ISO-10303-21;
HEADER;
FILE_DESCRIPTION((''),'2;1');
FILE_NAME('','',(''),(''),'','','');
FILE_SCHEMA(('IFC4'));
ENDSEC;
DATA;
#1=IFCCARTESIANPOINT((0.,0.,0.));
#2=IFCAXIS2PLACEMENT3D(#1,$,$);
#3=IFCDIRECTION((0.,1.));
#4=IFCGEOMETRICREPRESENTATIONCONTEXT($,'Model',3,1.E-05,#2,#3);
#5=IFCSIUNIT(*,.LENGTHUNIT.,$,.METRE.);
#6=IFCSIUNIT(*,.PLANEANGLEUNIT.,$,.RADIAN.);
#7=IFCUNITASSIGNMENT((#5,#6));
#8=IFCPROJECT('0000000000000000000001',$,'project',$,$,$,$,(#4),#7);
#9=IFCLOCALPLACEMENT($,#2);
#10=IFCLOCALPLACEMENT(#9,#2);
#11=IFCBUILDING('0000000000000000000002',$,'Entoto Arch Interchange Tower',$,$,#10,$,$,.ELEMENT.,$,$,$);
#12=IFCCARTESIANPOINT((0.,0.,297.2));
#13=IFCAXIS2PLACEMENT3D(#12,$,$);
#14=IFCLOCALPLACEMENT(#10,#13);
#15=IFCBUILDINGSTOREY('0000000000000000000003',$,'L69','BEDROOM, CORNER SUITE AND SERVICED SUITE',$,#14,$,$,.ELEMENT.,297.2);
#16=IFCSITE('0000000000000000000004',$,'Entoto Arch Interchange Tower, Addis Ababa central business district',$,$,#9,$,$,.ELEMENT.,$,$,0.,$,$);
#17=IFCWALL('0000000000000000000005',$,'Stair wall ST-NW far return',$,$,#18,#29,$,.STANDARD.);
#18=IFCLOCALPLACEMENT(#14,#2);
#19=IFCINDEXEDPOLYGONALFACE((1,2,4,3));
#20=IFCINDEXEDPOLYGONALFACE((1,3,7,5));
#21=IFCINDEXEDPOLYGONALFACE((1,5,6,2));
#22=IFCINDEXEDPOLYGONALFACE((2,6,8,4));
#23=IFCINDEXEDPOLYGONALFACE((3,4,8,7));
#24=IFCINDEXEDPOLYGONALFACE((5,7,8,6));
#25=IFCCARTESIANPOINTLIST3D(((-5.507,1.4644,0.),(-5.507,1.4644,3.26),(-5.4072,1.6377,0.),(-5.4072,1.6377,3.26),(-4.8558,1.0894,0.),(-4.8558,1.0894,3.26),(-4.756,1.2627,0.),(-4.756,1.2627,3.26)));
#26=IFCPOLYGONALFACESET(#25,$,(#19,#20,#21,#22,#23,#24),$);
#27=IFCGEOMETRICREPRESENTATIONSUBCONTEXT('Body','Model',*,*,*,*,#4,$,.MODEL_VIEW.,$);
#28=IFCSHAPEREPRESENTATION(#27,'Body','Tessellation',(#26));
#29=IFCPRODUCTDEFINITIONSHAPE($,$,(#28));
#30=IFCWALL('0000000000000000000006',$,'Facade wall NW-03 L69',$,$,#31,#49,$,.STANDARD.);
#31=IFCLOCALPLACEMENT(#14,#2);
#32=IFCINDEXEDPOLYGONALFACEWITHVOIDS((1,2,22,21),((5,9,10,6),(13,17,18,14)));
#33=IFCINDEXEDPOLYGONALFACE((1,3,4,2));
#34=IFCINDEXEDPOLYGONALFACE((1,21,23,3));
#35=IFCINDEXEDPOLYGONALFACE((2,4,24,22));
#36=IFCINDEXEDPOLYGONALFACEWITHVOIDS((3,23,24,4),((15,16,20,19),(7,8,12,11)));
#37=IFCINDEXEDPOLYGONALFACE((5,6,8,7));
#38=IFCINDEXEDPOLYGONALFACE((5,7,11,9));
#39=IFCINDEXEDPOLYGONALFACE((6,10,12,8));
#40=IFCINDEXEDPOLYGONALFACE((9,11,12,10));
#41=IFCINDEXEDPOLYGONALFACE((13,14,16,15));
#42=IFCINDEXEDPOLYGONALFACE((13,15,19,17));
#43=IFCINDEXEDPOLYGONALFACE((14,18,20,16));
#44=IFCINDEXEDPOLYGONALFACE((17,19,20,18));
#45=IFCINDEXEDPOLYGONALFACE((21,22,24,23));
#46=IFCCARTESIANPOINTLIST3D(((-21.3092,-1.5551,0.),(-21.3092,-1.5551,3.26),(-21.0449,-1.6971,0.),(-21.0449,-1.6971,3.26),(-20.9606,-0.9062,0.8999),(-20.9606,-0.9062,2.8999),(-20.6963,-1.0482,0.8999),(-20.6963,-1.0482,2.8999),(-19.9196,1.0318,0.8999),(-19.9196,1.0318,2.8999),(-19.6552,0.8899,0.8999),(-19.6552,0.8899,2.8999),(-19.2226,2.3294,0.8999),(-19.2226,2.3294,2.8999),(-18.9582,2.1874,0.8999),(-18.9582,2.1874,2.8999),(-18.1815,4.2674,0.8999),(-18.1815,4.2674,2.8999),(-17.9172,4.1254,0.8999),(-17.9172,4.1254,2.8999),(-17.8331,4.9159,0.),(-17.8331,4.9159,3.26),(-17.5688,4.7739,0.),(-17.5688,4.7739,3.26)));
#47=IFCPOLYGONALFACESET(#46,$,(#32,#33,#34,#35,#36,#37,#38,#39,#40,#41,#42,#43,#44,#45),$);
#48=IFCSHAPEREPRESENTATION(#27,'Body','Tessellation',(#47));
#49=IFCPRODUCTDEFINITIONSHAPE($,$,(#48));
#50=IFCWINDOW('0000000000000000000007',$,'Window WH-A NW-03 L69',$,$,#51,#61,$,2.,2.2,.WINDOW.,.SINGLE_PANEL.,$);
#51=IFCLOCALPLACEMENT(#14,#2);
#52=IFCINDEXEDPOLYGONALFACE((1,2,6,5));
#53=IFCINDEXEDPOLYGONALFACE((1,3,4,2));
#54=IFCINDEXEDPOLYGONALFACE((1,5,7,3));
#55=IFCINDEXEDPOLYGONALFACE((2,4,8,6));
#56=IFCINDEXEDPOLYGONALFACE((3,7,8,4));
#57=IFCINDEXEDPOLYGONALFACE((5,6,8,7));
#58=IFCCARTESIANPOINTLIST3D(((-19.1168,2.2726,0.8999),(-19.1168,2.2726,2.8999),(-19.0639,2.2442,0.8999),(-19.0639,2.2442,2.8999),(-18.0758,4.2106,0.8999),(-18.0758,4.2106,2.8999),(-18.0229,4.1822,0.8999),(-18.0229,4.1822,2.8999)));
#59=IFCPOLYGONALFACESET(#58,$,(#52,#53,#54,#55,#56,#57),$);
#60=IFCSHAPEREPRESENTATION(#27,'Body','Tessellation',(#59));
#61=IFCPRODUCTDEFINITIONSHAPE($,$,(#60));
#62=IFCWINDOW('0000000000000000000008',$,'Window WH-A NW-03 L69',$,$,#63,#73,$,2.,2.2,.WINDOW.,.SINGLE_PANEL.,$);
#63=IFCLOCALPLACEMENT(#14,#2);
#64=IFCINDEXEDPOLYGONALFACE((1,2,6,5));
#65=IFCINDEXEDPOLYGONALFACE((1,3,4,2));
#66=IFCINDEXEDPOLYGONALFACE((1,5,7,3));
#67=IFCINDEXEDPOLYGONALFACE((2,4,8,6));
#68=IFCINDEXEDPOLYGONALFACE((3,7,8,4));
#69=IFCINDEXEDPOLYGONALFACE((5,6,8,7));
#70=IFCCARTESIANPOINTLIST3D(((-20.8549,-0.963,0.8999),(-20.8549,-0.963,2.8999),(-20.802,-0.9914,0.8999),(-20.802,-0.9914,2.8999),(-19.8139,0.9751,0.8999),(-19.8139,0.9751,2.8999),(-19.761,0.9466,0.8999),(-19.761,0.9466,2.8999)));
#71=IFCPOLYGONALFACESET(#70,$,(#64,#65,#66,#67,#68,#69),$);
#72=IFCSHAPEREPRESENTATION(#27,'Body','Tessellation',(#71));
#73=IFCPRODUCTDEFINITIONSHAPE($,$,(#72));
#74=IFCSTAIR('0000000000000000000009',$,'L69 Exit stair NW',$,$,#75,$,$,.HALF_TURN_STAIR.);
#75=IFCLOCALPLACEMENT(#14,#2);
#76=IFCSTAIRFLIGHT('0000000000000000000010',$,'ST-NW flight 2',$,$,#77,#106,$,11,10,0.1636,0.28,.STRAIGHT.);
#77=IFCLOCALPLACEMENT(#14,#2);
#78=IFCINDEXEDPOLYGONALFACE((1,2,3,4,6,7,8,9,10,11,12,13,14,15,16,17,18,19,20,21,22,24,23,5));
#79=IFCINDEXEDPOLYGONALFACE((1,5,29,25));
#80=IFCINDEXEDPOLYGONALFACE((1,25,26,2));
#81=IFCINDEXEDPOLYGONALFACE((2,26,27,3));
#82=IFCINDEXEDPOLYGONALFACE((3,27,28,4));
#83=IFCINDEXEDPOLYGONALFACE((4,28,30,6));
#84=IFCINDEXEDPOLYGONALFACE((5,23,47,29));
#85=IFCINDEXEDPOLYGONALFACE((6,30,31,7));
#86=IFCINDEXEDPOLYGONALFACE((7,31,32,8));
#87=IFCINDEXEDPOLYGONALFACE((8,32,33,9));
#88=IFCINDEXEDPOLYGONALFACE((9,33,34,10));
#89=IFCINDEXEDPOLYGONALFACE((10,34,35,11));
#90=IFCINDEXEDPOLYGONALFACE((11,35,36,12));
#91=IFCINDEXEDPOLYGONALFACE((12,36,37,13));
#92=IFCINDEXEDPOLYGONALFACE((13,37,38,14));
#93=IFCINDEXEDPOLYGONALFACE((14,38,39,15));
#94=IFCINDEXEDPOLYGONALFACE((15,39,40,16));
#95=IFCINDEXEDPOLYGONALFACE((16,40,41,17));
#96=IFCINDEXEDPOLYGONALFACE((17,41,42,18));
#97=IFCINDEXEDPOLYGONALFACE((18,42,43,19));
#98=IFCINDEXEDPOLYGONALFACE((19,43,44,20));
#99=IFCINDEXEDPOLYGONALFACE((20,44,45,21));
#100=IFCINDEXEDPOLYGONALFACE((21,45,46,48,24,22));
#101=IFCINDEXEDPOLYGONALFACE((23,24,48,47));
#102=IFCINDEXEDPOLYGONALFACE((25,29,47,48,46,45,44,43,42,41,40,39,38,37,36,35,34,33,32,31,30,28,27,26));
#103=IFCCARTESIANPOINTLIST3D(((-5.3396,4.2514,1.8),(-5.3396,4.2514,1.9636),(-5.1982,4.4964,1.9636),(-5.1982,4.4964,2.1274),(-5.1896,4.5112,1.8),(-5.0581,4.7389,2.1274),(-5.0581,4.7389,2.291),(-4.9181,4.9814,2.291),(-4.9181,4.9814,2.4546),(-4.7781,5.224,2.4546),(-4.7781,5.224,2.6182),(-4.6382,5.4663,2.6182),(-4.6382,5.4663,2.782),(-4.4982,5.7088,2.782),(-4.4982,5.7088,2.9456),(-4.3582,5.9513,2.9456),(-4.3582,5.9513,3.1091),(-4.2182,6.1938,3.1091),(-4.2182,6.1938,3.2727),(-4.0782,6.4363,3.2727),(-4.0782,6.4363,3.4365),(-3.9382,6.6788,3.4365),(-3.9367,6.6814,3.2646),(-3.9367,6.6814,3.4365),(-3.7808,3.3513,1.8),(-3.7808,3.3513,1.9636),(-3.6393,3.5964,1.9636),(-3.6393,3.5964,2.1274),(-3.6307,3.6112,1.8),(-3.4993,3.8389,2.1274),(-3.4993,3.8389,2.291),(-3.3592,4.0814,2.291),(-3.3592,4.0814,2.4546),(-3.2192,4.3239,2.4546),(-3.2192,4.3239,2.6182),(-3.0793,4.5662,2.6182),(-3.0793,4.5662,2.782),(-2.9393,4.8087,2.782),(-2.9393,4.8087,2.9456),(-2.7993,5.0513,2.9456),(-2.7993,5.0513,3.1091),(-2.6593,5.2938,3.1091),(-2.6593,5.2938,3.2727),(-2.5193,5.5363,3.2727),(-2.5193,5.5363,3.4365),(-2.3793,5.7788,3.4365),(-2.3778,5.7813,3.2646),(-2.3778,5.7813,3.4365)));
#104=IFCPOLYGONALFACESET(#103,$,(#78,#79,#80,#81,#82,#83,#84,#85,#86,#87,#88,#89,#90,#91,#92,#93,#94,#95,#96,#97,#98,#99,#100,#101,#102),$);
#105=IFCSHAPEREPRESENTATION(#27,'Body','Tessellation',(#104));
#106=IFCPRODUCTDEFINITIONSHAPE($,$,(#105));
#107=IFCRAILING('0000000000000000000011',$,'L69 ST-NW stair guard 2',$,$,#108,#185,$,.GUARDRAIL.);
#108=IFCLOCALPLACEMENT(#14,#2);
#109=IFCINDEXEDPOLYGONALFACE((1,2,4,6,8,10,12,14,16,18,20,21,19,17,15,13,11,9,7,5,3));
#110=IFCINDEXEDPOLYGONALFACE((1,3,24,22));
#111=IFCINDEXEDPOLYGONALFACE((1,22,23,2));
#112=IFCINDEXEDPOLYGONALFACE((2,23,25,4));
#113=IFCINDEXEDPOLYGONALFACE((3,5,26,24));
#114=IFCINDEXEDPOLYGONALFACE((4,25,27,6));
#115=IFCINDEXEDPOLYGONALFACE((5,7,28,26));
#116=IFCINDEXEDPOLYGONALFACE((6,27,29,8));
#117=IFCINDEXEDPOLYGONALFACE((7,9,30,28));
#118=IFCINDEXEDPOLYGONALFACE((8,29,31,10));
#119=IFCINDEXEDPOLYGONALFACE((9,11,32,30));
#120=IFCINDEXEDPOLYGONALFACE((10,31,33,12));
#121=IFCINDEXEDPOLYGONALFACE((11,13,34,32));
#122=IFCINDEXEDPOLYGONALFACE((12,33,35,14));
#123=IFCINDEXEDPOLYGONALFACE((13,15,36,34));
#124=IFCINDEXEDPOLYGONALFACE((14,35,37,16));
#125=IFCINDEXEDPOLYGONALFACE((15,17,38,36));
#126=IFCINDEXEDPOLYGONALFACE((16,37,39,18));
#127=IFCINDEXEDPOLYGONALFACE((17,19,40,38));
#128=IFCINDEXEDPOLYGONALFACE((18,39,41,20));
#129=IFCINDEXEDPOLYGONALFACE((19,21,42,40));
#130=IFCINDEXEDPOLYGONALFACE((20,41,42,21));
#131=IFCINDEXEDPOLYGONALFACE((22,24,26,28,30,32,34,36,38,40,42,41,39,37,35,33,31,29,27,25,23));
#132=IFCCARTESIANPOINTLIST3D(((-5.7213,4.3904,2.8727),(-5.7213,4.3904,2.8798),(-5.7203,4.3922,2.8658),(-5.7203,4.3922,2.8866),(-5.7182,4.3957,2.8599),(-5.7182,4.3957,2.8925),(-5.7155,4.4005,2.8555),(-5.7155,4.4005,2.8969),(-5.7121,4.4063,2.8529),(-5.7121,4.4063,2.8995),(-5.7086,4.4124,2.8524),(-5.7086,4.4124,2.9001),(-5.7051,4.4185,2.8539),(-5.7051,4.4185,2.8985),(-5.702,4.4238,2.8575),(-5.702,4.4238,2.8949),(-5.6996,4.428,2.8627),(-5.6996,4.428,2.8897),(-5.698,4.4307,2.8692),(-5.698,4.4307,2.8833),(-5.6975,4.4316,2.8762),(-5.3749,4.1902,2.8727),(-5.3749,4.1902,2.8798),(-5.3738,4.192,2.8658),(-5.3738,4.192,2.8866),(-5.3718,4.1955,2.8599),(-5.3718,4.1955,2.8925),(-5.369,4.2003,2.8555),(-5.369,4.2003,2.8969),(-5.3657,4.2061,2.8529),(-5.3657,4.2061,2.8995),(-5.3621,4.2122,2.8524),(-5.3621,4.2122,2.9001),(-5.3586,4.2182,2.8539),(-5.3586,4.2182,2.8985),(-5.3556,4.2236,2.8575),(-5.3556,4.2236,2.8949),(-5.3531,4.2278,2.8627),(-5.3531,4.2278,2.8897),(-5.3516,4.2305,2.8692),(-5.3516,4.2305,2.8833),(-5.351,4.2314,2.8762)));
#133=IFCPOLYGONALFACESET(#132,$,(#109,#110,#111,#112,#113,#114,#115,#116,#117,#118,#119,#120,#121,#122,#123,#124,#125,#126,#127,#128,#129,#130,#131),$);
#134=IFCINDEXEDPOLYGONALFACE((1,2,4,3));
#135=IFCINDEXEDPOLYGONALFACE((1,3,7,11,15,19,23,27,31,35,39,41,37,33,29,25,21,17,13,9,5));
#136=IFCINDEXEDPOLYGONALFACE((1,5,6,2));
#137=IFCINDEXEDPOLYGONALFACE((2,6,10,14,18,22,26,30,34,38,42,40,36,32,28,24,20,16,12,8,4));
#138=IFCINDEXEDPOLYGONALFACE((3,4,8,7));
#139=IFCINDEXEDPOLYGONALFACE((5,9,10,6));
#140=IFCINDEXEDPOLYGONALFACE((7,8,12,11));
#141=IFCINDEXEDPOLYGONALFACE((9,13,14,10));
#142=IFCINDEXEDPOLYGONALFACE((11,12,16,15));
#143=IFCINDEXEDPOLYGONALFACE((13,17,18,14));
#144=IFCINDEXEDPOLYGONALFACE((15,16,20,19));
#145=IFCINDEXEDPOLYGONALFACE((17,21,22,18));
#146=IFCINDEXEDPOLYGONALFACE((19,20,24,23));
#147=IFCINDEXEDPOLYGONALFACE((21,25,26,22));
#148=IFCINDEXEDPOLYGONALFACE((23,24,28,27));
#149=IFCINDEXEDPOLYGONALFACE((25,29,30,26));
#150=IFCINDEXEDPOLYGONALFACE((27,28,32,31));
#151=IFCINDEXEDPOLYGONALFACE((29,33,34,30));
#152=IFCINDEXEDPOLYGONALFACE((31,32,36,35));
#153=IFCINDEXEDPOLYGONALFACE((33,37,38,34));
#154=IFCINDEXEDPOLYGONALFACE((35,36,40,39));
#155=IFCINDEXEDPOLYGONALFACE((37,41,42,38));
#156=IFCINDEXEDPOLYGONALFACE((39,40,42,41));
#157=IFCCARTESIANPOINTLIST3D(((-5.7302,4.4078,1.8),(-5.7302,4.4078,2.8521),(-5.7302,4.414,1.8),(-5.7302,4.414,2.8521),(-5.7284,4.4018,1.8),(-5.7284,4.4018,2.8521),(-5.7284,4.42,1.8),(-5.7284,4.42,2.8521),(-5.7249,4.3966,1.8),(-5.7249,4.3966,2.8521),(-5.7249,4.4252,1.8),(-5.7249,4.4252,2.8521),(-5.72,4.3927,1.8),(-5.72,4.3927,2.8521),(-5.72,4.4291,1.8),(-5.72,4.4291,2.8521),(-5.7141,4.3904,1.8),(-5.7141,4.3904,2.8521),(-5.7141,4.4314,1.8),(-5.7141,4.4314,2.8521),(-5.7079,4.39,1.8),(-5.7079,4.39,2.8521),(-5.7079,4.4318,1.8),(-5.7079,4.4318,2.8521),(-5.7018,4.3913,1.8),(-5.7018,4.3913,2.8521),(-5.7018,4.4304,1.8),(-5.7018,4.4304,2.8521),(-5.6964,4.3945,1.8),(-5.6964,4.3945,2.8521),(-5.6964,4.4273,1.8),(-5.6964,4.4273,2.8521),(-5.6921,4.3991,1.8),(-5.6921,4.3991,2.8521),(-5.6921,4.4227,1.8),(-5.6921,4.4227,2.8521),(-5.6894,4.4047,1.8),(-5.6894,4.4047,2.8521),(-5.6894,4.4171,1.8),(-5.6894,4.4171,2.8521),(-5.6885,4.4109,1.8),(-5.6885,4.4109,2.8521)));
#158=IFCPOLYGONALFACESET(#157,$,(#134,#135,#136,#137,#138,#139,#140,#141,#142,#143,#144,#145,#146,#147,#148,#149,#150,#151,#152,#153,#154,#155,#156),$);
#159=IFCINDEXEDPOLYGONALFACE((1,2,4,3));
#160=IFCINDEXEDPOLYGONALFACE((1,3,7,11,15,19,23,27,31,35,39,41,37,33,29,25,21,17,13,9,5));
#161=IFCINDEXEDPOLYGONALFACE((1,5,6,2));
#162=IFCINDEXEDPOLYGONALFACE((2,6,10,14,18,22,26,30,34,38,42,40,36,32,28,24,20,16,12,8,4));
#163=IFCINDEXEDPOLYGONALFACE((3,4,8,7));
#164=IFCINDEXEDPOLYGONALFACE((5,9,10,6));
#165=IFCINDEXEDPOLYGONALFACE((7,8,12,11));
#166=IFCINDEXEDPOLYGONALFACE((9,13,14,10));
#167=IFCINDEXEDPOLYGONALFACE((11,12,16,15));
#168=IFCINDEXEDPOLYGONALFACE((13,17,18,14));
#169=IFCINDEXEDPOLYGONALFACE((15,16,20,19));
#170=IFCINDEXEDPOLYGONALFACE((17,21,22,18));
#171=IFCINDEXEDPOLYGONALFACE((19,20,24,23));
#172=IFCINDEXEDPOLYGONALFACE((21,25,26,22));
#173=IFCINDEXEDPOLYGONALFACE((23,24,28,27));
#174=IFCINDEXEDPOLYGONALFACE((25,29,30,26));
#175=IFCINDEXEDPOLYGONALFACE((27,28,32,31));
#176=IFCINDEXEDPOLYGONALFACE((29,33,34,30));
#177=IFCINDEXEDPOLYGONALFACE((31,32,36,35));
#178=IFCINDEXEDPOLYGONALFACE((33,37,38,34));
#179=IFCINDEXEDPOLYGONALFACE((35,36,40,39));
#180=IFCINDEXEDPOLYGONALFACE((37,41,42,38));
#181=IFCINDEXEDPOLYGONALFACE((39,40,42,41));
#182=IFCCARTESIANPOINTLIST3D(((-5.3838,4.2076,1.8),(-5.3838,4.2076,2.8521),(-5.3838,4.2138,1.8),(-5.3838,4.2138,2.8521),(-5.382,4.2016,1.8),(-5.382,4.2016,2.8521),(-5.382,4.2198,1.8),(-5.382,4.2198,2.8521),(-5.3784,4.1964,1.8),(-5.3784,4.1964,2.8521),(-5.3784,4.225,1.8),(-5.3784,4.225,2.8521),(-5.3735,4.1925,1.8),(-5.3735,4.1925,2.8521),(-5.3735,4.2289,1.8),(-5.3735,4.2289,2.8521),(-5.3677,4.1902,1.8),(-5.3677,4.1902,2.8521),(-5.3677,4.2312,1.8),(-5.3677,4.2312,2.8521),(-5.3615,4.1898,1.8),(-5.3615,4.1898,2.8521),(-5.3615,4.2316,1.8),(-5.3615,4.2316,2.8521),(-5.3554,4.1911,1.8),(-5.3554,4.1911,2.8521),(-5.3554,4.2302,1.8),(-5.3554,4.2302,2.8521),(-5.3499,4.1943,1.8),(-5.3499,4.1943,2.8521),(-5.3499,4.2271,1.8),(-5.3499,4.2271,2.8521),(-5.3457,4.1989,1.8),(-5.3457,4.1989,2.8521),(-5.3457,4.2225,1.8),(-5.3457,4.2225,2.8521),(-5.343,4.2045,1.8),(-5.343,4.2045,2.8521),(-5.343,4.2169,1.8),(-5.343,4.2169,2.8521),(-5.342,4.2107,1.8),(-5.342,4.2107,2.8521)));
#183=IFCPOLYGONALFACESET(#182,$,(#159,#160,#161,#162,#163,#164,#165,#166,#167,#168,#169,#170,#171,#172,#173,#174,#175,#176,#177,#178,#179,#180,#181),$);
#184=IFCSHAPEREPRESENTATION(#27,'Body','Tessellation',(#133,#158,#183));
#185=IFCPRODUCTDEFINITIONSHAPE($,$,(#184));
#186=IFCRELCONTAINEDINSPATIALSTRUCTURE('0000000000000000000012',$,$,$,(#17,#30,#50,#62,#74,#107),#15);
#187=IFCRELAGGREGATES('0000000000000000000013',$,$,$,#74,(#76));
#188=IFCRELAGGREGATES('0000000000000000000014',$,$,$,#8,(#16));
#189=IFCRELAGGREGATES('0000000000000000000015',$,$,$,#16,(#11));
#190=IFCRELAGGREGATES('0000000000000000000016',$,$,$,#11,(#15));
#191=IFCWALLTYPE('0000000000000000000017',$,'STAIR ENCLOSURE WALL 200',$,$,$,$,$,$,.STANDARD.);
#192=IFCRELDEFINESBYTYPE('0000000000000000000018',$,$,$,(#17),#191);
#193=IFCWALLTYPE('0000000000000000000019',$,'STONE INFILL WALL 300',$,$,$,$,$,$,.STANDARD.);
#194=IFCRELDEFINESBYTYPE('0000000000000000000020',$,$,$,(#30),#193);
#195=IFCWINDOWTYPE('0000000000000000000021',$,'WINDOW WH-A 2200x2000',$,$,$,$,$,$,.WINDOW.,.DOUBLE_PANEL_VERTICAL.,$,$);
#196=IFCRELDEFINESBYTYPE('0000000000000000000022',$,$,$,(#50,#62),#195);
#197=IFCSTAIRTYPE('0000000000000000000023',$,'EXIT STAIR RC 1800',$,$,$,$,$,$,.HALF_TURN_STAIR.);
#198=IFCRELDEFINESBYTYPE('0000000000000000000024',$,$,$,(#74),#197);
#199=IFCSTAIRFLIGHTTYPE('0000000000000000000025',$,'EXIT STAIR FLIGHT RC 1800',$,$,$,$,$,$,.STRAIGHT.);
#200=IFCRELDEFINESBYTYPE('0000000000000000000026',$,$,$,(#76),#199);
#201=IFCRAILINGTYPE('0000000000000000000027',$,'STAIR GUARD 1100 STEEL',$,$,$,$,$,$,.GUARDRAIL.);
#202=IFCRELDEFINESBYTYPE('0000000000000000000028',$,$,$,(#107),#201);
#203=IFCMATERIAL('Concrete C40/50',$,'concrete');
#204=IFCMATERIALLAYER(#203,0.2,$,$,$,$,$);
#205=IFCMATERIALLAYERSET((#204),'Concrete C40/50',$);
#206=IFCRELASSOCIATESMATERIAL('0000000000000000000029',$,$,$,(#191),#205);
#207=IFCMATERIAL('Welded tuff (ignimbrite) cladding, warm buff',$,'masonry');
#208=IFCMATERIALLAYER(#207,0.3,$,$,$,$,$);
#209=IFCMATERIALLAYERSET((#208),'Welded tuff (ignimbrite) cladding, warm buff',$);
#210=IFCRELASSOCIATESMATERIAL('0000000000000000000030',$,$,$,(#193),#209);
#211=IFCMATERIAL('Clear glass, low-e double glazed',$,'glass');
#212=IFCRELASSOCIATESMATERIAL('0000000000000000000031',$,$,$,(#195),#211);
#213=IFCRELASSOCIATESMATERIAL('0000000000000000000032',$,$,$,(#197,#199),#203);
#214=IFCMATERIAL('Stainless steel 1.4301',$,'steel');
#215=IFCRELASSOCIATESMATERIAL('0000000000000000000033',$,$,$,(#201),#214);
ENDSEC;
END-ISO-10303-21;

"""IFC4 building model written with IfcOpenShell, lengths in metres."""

from ifc_helpers import new_model, si_unit, direction, frame, frame_2d, origin, origin_2d, place, context, subcontext, project, spatial, polyline, rectangle, circle, outline, extrude, material, layer, layer_set, type_object, element, fill, aggregate, save


model = new_model("IFC4")

# Units and contexts
model_context = context("Model", 3, precision=1e-05, world=origin(), true_north=direction((0.0, 1.0)))
body_context = subcontext(model_context, "Body", "Model", "MODEL_VIEW")
ifc_project = project(units=[si_unit("LENGTHUNIT", "METRE"), si_unit("PLANEANGLEUNIT", "RADIAN")], contexts=[model_context])

# Site, building, storey
site_placement = place(None, origin())
site = spatial("IfcSite", under=ifc_project, at=site_placement, Name="Entoto Arch Interchange Tower, Addis Ababa central business district", CompositionType="ELEMENT", RefElevation=0.0)
building_placement = place(site_placement, origin())
building = spatial("IfcBuilding", under=site, at=building_placement, Name="Entoto Arch Interchange Tower", CompositionType="ELEMENT")
storey_placement = place(building_placement, frame((0.0, 0.0, 297.2)))
storey = spatial("IfcBuildingStorey", under=building, at=storey_placement, Name="L69", Description="BEDROOM, CORNER SUITE AND SERVICED SUITE", CompositionType="ELEMENT", Elevation=297.2)

# Shared definitions
ifc_material_1 = material(Name="Concrete C40/50", Category="concrete")

# Wall
ifc_layer_1 = layer(ifc_material_1, 0.2)
ifc_layer_set_1 = layer_set([ifc_layer_1], Name="Concrete C40/50")
wall_type_1 = type_object("IfcWallType", Name="STAIR ENCLOSURE WALL 200", PredefinedType="STANDARD", material=ifc_layer_set_1)
wall_1_placement = place(storey_placement, frame((-4.8059, 1.176, 0.0), z_axis=(0.0, 0.0, 1.0), x_axis=(-0.866559, 0.499075, 0.0)))
element("IfcWall", 1, at=wall_1_placement, inside=storey, type_object=wall_type_1, Name="Stair wall ST-NW far return", PredefinedType="STANDARD", context=body_context, shape_type="SweptSolid", body=[
    extrude(rectangle(XDim=0.7515, YDim=0.2, at=frame_2d((0.3757, 0.0))), origin(), (0.0, 0.0, 1.0), 3.26),
])

# Wall, openings, windows
ifc_material_2 = material(Name="Welded tuff (ignimbrite) cladding, warm buff", Category="masonry")
ifc_layer_2 = layer(ifc_material_2, 0.3)
ifc_layer_set_2 = layer_set([ifc_layer_2], Name="Welded tuff (ignimbrite) cladding, warm buff")
wall_type_2 = type_object("IfcWallType", Name="STONE INFILL WALL 300", PredefinedType="STANDARD", material=ifc_layer_set_2)
wall_2_placement = place(storey_placement, frame((-17.7009, 4.845, 0.0), z_axis=(0.0, 0.0, 1.0), x_axis=(-0.473226, -0.880941, 0.0)))
wall_2 = element("IfcWall", 2, at=wall_2_placement, inside=storey, type_object=wall_type_2, Name="Facade wall NW-03 L69", PredefinedType="STANDARD", context=body_context, shape_type="SweptSolid", body=[
    extrude(rectangle(XDim=7.3455, YDim=0.3, at=frame_2d((3.6729, 0.0))), origin(), (0.0, 0.0, 1.0), 3.26),
])
opening_1_placement = place(wall_2_placement, frame((0.7361, 0.0, 0.8999)))
opening_1 = element("IfcOpeningElement", 3, at=opening_1_placement, cuts=wall_2, PredefinedType="OPENING", context=body_context, shape_type="SweptSolid", body=[
    extrude(rectangle(XDim=2.2, YDim=2.0, at=frame_2d((1.1001, 1.0))), frame((0.0, 0.1602, 0.0), z_axis=(0.0, -1.0, 0.0), x_axis=(1.0, 0.0, 0.0)), (0.0, 0.0, 1.0), 0.3201),
])
opening_2_placement = place(wall_2_placement, frame((4.4089, 0.0, 0.8999)))
opening_2 = element("IfcOpeningElement", 4, at=opening_2_placement, cuts=wall_2, PredefinedType="OPENING", context=body_context, shape_type="SweptSolid", body=[
    extrude(rectangle(XDim=2.2, YDim=2.0, at=frame_2d((1.1001, 1.0))), frame((0.0, 0.1602, 0.0), z_axis=(0.0, -1.0, 0.0), x_axis=(1.0, 0.0, 0.0)), (0.0, 0.0, 1.0), 0.3201),
])
ifc_material_3 = material(Name="Clear glass, low-e double glazed", Category="glass")
window_type = type_object("IfcWindowType", Name="WINDOW WH-A 2200x2000", PartitioningType="DOUBLE_PANEL_VERTICAL", PredefinedType="WINDOW", material=ifc_material_3)
window_1_placement = place(opening_1_placement, origin())
window_1 = element("IfcWindow", 5, at=window_1_placement, inside=storey, type_object=window_type, Name="Window WH-A NW-03 L69", OverallHeight=2.0, OverallWidth=2.2, PartitioningType="SINGLE_PANEL", PredefinedType="WINDOW", context=body_context, shape_type="SweptSolid", body=[
    extrude(rectangle(XDim=2.2, YDim=2.0, at=frame_2d((1.1001, 1.0))), frame((0.0, 0.03, 0.0), z_axis=(0.0, -1.0, 0.0), x_axis=(1.0, 0.0, 0.0)), (0.0, 0.0, 1.0), 0.0601),
])
fill(opening_1, window_1)
window_2_placement = place(opening_2_placement, origin())
window_2 = element("IfcWindow", 6, at=window_2_placement, inside=storey, type_object=window_type, Name="Window WH-A NW-03 L69", OverallHeight=2.0, OverallWidth=2.2, PartitioningType="SINGLE_PANEL", PredefinedType="WINDOW", context=body_context, shape_type="SweptSolid", body=[
    extrude(rectangle(XDim=2.2, YDim=2.0, at=frame_2d((1.1001, 1.0))), frame((0.0, 0.03, 0.0), z_axis=(0.0, -1.0, 0.0), x_axis=(1.0, 0.0, 0.0)), (0.0, 0.0, 1.0), 0.0601),
])
fill(opening_2, window_2)

# Stair, stair flight
stair_type = type_object("IfcStairType", Name="EXIT STAIR RC 1800", PredefinedType="HALF_TURN_STAIR", material=ifc_material_1)
stair_placement = place(storey_placement, origin())
stair = element("IfcStair", 7, at=stair_placement, inside=storey, type_object=stair_type, Name="L69 Exit stair NW", PredefinedType="HALF_TURN_STAIR")
stair_flight_type = type_object("IfcStairFlightType", Name="EXIT STAIR FLIGHT RC 1800", PredefinedType="STRAIGHT", material=ifc_material_1)
stair_flight_placement = place(storey_placement, frame((-4.5588, 3.804, 1.8), z_axis=(0.0, 0.0, 1.0), x_axis=(0.5, 0.866025, 0.0)))
stair_flight = element("IfcStairFlight", 8, at=stair_flight_placement, type_object=stair_flight_type, Name="ST-NW flight 2", NumberOfRisers=11, NumberOfTreads=10, PredefinedType="STRAIGHT", RiserHeight=0.1636, TreadLength=0.28, context=body_context, shape_type="SweptSolid", body=[
    extrude(outline(polyline([(-0.0029, 0.0), (-0.0029, 0.1636), (0.28, 0.1636), (0.28, 0.3274), (0.5601, 0.3274), (0.5601, 0.491), (0.8401, 0.491), (0.8401, 0.6545), (1.1201, 0.6545), (1.1201, 0.8181), (1.3999, 0.8181), (1.3999, 0.9819), (1.6799, 0.9819), (1.6799, 1.1455), (1.96, 1.1455), (1.96, 1.3091), (2.24, 1.3091), (2.24, 1.4727), (2.52, 1.4727), (2.52, 1.6365), (2.8, 1.6365), (2.803, 1.6365), (2.803, 1.4646), (0.2971, 0.0), (-0.0029, 0.0)])), frame((0.0, 0.8999, 0.0), z_axis=(0.0, -1.0, 0.0), x_axis=(1.0, 0.0, 0.0)), (0.0, 0.0, 1.0), 1.8),
])
aggregate(stair, [stair_flight])

# Railing
ifc_material_4 = material(Name="Stainless steel 1.4301", Category="steel")
railing_type_1 = type_object("IfcRailingType", Name="STAIR GUARD 1100 STEEL", PredefinedType="GUARDRAIL", material=ifc_material_4)
railing_1_placement = place(storey_placement, frame((-5.7095, 4.4109, 1.8)))
element("IfcRailing", 9, at=railing_1_placement, inside=storey, type_object=railing_type_1, Name="L69 ST-NW stair guard 2", PredefinedType="GUARDRAIL", context=body_context, shape_type="SweptSolid", body=[
    extrude(circle(Radius=0.0239, at=origin_2d()), frame((0.0, 0.0, 1.0762), z_axis=(0.86583, -0.500339, 0.0), x_axis=(0.500339, 0.86583, 0.0)), (0.0, 0.0, 1.0), 0.4001),
    extrude(circle(Radius=0.021, at=origin_2d()), origin(), (0.0, 0.0, 1.0), 1.052),
    extrude(circle(Radius=0.021, at=origin_2d()), frame((0.3464, -0.2002, 0.0)), (0.0, 0.0, 1.0), 1.052),
])

save(model, "model.ifc")
